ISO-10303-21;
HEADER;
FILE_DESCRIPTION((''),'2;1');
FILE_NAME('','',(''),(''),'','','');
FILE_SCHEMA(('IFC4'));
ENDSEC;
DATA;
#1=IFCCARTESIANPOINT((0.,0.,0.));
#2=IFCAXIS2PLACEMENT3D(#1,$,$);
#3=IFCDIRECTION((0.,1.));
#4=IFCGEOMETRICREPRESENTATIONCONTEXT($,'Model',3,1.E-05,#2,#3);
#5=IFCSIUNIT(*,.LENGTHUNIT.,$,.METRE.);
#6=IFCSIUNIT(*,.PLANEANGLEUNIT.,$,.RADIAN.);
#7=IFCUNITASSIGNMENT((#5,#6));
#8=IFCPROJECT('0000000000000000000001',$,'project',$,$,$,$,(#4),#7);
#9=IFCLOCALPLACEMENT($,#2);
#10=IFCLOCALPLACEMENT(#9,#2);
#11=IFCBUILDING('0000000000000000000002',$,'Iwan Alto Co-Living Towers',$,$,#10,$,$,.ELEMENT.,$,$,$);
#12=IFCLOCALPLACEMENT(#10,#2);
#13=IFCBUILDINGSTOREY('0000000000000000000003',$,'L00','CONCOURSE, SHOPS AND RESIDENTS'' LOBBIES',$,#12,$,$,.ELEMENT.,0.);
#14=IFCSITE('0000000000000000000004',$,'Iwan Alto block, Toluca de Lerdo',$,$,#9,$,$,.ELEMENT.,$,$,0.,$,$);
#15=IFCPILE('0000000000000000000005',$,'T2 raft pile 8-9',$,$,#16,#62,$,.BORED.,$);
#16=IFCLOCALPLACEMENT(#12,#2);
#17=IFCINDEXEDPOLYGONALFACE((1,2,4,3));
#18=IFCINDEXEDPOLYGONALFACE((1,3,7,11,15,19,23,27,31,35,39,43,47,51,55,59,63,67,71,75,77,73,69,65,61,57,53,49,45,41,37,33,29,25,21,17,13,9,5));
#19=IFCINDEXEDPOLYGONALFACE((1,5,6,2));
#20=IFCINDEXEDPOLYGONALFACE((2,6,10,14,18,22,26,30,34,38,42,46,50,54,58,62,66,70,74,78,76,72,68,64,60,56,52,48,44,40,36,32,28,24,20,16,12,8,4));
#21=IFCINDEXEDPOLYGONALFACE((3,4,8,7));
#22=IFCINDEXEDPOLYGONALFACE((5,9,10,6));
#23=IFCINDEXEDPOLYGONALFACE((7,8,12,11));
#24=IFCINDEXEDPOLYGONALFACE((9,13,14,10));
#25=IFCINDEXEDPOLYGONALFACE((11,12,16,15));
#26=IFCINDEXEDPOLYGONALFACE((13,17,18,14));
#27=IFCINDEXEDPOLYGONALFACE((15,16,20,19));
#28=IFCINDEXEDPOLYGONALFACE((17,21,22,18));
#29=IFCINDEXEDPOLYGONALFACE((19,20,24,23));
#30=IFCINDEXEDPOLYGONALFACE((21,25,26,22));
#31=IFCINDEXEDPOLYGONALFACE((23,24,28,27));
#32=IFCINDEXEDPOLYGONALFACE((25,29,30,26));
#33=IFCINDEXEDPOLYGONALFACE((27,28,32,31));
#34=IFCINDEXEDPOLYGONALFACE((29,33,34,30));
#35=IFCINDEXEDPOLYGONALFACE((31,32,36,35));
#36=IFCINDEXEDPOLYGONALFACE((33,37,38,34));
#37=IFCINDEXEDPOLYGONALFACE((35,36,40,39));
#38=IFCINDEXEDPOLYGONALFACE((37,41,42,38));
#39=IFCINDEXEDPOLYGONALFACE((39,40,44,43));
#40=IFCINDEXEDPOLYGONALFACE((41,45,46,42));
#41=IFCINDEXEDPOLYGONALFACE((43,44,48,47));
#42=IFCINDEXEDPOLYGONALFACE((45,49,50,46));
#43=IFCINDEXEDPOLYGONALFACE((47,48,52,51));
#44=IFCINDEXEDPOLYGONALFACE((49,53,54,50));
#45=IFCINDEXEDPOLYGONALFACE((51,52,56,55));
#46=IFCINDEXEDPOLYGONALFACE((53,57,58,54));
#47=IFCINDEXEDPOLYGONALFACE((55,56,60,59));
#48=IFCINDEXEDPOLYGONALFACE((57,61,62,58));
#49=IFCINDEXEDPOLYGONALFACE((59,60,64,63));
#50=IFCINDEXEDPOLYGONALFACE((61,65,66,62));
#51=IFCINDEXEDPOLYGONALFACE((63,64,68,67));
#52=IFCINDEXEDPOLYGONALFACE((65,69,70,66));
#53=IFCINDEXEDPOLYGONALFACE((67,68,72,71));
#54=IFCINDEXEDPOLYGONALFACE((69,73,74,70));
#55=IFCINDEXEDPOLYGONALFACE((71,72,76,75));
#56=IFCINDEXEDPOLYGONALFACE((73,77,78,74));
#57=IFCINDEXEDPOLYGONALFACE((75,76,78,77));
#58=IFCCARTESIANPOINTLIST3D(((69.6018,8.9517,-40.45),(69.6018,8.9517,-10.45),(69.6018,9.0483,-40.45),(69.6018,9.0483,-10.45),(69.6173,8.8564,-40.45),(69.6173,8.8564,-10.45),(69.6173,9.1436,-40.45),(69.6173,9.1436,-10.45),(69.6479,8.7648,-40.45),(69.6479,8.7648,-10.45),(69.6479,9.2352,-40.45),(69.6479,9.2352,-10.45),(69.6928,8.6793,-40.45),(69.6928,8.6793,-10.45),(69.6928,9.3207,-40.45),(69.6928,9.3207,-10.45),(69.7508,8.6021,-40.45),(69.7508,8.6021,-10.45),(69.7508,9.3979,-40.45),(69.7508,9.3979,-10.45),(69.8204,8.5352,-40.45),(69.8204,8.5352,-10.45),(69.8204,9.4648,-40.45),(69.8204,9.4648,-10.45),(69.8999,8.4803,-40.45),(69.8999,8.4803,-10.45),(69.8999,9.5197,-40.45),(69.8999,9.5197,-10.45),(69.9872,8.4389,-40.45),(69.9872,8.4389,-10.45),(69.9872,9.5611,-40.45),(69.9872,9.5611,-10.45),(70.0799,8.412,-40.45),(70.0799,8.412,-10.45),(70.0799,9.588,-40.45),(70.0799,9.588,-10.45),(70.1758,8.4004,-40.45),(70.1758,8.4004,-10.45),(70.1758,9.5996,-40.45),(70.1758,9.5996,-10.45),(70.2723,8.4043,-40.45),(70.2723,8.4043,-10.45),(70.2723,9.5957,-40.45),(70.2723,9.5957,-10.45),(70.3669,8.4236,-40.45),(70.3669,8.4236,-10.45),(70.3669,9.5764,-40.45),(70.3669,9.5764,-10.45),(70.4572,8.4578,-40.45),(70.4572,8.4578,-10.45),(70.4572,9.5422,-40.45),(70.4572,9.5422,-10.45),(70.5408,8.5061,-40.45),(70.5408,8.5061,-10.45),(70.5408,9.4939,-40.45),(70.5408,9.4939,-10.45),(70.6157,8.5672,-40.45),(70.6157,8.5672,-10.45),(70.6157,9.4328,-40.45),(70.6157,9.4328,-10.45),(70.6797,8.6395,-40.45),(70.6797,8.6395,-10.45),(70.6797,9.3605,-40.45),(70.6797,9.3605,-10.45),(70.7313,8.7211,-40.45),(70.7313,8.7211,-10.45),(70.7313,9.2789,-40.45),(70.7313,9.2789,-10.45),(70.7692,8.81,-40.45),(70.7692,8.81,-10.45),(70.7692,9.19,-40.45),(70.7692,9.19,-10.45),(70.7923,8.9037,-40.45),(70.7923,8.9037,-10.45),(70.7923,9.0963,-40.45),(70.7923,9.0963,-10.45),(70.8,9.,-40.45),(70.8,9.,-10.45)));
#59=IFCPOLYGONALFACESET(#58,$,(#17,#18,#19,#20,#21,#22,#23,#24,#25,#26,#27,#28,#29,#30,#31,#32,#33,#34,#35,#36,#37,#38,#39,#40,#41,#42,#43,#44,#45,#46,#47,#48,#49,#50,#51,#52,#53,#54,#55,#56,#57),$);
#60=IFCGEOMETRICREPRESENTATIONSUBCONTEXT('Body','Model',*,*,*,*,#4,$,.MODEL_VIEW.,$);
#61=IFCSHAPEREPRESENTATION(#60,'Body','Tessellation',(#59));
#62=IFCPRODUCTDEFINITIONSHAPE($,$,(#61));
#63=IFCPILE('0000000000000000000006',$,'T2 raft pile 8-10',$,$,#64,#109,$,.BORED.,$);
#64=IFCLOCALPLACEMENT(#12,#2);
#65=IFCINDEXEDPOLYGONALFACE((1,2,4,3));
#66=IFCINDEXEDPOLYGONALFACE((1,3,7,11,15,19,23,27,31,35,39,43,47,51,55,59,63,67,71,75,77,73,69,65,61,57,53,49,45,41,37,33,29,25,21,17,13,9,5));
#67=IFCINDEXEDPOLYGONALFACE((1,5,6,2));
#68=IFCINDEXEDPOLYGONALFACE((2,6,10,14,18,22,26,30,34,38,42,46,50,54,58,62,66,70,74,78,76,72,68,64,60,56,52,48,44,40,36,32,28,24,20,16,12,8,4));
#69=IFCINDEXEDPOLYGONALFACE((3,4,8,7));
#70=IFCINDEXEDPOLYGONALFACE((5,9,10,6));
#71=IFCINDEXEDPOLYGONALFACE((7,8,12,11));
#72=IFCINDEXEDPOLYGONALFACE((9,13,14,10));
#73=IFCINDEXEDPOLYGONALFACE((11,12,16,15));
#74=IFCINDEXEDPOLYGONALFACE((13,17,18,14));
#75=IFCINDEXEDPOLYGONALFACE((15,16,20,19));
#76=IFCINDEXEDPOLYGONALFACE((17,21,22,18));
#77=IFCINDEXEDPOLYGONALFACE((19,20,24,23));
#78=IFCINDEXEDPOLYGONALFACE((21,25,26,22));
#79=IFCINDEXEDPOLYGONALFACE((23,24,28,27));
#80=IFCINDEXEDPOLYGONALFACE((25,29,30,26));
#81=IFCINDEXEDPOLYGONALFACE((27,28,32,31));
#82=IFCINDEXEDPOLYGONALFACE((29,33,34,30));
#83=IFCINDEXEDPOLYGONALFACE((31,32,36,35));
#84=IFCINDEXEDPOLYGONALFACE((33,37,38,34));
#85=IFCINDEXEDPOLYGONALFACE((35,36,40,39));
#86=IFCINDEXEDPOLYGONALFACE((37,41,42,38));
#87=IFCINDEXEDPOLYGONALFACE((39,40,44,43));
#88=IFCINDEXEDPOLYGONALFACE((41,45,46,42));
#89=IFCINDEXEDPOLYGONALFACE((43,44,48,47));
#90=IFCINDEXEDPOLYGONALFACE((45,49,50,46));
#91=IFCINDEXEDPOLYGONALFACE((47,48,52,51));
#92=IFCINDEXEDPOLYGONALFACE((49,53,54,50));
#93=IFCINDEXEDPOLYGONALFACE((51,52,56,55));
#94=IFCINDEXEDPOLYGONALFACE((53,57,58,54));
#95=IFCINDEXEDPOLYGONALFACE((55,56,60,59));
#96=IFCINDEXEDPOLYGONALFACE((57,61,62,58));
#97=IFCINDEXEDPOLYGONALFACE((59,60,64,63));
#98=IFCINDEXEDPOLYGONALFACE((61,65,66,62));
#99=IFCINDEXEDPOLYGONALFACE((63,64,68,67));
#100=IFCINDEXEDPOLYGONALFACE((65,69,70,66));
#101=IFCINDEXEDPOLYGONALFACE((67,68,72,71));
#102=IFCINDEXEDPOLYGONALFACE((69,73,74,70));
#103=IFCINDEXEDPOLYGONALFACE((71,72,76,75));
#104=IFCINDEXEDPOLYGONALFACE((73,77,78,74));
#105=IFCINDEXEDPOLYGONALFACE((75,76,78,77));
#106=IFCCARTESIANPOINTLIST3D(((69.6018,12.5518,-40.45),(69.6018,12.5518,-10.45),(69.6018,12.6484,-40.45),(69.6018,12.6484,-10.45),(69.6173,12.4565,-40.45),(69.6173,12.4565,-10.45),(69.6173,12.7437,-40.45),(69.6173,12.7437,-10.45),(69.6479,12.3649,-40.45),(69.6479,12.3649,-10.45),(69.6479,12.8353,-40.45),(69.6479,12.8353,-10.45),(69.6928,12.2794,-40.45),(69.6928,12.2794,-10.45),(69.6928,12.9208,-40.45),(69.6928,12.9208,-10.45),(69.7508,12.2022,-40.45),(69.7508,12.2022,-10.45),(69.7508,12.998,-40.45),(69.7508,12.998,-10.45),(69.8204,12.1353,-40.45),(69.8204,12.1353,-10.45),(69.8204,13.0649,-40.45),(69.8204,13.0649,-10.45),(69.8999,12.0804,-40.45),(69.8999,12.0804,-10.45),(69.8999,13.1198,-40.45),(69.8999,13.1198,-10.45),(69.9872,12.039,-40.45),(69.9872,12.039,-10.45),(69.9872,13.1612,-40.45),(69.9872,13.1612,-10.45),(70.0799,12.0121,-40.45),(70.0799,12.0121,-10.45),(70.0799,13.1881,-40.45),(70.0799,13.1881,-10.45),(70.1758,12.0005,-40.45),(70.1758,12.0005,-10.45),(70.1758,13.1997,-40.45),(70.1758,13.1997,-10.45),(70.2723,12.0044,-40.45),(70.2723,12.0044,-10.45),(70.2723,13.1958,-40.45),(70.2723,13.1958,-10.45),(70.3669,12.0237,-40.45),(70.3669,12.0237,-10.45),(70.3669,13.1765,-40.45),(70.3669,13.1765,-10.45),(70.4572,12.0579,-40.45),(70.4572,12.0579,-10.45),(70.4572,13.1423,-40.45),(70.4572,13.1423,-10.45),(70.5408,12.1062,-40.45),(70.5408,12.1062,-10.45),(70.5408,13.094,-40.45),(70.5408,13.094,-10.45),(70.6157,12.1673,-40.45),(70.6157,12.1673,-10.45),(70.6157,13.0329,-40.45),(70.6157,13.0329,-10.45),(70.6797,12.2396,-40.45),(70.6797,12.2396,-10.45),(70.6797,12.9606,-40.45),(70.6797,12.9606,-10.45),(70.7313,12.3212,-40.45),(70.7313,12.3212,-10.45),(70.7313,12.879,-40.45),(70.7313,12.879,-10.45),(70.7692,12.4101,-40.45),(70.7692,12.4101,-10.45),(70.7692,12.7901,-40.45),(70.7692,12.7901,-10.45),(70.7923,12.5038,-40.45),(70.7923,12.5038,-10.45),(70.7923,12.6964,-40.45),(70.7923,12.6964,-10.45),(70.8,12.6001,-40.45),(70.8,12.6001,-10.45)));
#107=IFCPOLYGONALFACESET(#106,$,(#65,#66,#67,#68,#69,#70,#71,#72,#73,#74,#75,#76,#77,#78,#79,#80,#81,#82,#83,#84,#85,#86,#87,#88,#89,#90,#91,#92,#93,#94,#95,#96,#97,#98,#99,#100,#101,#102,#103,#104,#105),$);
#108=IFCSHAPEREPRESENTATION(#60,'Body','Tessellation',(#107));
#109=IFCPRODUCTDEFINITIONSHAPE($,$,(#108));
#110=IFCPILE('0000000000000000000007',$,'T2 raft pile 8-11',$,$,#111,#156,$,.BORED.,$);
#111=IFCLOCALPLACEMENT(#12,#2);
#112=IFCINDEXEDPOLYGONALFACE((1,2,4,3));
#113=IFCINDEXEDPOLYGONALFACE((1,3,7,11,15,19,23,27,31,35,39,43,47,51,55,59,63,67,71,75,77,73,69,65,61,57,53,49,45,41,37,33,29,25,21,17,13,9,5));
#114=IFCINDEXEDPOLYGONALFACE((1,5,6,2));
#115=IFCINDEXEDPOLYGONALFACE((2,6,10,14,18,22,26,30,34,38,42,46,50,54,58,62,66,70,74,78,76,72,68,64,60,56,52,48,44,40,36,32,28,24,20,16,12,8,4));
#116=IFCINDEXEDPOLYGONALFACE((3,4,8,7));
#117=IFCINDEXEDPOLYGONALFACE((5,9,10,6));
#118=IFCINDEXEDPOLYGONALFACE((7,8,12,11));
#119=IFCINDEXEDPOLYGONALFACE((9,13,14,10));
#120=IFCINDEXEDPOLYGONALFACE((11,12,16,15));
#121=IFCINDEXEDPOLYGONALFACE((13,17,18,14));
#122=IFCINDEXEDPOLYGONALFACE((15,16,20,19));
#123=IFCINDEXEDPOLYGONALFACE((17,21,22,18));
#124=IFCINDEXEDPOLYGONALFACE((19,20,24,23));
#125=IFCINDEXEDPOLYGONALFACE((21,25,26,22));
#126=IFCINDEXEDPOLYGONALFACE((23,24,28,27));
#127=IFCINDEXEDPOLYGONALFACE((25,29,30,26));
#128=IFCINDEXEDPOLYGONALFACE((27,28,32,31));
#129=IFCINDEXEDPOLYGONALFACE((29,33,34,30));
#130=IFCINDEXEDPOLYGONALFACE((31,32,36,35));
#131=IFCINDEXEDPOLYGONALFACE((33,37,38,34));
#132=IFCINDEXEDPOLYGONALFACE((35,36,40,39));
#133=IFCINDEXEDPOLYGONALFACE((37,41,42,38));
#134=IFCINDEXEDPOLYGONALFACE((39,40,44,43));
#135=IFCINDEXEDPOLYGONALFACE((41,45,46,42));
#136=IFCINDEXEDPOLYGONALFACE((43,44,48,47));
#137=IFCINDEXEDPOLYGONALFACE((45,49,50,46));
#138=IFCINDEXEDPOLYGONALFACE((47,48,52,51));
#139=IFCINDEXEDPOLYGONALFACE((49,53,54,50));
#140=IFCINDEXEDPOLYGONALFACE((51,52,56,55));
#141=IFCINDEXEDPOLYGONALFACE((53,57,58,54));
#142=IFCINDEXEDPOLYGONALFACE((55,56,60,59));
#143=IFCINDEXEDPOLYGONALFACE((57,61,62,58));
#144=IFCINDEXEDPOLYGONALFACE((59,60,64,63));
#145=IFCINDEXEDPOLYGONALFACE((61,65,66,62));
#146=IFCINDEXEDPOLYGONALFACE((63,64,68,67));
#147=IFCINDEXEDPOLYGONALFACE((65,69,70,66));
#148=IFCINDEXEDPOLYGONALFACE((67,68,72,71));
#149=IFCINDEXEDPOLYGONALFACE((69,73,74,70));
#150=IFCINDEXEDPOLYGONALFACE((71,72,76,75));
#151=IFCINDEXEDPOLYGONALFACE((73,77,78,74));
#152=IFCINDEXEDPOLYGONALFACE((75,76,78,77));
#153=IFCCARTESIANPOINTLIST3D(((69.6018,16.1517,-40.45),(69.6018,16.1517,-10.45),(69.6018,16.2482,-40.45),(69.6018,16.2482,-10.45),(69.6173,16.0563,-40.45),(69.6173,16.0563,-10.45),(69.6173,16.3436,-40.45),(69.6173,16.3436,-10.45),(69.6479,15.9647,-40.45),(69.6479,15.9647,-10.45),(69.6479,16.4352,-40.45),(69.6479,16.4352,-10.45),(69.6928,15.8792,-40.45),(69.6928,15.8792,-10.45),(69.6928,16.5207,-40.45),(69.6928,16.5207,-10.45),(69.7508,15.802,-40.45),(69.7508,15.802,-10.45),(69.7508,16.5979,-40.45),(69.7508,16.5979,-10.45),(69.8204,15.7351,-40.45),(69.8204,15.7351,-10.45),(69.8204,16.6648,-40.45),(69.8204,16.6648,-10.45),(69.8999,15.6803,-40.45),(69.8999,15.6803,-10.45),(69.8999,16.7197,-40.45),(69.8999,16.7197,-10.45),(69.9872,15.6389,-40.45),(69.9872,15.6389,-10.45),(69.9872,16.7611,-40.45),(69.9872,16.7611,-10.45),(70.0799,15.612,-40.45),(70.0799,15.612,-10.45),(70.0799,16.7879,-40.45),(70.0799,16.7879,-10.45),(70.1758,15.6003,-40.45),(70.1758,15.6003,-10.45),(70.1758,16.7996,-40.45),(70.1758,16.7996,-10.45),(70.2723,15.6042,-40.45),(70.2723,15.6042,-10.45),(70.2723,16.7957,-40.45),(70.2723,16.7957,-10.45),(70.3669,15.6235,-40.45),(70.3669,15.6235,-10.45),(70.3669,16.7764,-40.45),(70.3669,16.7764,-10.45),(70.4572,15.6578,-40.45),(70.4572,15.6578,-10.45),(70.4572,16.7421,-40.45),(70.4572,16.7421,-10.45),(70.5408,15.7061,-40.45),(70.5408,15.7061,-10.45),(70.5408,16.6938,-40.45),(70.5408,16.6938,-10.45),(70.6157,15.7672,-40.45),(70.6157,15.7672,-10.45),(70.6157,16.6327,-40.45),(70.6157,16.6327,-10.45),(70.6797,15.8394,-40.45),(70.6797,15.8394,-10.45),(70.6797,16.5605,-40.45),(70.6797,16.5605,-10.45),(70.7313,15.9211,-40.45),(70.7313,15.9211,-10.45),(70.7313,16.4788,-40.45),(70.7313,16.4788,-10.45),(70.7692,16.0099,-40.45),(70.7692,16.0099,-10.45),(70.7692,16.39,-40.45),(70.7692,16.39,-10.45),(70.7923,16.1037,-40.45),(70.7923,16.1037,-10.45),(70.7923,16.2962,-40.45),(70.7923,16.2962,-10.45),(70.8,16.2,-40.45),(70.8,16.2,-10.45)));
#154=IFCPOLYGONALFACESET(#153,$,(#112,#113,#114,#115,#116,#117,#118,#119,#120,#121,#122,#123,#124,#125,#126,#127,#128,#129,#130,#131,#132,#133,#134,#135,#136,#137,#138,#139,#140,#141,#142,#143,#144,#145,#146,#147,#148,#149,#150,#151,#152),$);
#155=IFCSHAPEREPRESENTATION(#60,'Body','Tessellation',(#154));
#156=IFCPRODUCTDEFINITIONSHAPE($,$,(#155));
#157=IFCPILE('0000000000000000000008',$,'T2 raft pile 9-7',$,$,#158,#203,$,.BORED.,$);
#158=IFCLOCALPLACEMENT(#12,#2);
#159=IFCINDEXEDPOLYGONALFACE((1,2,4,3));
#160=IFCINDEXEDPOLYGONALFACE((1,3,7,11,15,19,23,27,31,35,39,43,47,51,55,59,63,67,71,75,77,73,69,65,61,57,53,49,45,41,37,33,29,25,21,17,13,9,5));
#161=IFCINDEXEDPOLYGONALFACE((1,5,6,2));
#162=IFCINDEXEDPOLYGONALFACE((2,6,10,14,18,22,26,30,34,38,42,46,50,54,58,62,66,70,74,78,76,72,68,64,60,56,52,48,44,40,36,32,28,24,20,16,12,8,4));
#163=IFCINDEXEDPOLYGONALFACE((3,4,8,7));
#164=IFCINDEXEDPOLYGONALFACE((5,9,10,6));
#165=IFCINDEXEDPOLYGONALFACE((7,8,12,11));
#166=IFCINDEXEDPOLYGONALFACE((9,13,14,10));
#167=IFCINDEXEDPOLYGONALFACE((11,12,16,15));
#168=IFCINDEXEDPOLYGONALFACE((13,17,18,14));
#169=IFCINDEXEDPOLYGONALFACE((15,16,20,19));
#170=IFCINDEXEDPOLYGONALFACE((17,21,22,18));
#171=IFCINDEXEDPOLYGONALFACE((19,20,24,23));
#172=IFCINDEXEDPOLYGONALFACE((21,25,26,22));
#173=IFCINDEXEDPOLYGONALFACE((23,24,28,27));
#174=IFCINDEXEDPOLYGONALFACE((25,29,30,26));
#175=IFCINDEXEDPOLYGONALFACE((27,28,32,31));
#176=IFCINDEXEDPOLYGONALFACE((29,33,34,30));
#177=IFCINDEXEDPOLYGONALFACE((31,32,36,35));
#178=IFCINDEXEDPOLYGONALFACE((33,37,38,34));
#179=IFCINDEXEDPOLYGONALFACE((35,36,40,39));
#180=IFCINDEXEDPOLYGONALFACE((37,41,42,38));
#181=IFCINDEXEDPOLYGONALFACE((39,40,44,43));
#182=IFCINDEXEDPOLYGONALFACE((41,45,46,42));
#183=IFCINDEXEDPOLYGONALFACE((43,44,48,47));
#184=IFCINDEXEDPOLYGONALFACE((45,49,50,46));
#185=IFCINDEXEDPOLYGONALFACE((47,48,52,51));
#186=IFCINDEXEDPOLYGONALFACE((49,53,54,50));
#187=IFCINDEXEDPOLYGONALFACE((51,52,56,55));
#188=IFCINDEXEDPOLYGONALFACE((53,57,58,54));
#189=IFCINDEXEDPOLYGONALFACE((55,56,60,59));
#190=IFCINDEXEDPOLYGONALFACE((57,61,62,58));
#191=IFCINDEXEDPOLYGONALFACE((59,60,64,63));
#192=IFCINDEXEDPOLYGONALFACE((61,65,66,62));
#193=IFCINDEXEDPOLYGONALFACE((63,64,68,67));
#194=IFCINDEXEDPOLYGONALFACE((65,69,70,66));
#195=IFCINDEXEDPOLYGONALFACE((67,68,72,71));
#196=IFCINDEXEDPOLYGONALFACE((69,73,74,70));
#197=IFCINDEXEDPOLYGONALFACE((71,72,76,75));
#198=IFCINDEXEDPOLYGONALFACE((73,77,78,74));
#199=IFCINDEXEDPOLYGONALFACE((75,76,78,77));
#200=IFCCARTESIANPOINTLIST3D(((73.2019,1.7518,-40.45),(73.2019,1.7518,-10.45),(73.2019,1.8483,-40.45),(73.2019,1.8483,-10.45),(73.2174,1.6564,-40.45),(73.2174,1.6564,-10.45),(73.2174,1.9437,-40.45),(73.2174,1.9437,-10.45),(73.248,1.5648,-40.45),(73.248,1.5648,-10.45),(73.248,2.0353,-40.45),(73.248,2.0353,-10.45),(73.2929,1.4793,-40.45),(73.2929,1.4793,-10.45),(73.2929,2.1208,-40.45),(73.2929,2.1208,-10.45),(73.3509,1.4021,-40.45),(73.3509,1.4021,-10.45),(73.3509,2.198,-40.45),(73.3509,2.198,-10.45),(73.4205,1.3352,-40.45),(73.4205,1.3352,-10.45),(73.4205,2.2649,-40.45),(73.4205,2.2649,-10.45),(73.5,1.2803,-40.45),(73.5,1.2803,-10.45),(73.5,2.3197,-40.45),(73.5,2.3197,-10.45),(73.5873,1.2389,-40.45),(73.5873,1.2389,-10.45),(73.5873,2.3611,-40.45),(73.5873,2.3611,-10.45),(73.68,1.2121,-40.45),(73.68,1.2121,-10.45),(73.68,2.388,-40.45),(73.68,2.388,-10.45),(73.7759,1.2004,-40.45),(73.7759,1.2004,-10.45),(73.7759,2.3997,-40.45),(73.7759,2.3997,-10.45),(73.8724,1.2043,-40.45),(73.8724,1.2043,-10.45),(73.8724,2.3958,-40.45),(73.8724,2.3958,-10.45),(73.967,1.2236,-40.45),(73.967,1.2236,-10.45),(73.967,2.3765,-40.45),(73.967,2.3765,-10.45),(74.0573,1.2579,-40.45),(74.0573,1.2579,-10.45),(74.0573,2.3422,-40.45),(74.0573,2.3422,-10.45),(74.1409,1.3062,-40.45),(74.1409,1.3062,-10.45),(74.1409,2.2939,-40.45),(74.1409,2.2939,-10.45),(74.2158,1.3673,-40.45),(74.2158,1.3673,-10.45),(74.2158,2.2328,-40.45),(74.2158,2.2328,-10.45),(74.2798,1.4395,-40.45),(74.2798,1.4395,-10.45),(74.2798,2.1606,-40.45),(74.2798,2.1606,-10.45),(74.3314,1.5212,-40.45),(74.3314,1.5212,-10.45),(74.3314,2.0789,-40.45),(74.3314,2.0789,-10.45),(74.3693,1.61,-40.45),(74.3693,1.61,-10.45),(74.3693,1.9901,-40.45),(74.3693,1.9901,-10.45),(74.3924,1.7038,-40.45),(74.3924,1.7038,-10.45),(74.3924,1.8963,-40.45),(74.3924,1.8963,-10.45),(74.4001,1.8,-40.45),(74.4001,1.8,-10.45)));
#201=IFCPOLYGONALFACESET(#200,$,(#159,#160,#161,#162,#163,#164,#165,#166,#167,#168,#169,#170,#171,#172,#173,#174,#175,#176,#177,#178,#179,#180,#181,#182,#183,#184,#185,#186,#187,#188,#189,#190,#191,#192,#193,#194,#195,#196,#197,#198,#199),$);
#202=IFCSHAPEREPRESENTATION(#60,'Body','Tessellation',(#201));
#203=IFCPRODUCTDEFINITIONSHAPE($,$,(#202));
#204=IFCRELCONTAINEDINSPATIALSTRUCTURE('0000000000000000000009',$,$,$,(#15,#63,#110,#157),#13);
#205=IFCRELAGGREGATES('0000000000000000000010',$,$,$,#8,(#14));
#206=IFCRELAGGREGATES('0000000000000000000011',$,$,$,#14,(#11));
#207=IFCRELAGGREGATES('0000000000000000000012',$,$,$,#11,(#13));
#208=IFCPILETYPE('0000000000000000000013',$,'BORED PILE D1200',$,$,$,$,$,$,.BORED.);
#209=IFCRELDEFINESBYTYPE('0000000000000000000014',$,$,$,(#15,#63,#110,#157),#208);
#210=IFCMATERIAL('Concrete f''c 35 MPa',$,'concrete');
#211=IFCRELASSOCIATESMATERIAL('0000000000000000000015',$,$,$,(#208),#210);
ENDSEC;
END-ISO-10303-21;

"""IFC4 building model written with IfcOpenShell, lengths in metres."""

from ifc_helpers import new_model, si_unit, direction, frame, origin, origin_2d, place, context, subcontext, project, spatial, circle, extrude, material, material_profile, profile_set, type_object, element, save


model = new_model("IFC4")

# Units and contexts
model_context = context("Model", 3, precision=1e-05, world=origin(), true_north=direction((0.0, 1.0)))
body_context = subcontext(model_context, "Body", "Model", "MODEL_VIEW")
ifc_project = project(units=[si_unit("LENGTHUNIT", "METRE"), si_unit("PLANEANGLEUNIT", "RADIAN")], contexts=[model_context])

# Site, building, storey
site_placement = place(None, origin())
site = spatial("IfcSite", under=ifc_project, at=site_placement, Name="Iwan Alto block, Toluca de Lerdo", CompositionType="ELEMENT", RefElevation=0.0)
building_placement = place(site_placement, origin())
building = spatial("IfcBuilding", under=site, at=building_placement, Name="Iwan Alto Co-Living Towers", CompositionType="ELEMENT")
storey_placement = place(building_placement, origin())
storey = spatial("IfcBuildingStorey", under=building, at=storey_placement, Name="L00", Description="CONCOURSE, SHOPS AND RESIDENTS' LOBBIES", CompositionType="ELEMENT", Elevation=0.0)

# Piles
ifc_material_1 = material(Name="Concrete f'c 35 MPa", Category="concrete")
ifc_material_profile = material_profile(ifc_material_1, circle(Radius=0.6001, at=origin_2d()), Name="D1200")
ifc_profile_set = profile_set([ifc_material_profile], Name="Concrete f'c 35 MPa")
pile_type = type_object("IfcPileType", Name="BORED PILE D1200", PredefinedType="BORED", material=ifc_profile_set)
for number, where, z_axis, x_axis, name in (
    (1, (70.2, 9.0, -10.45), (0.0, 0.0, -1.0), (1.0, 0.0, 0.0), "T2 raft pile 8-9"),
    (2, (70.2, 12.6001, -10.45), (0.0, 0.0, -1.0), (1.0, 0.0, 0.0), "T2 raft pile 8-10"),
    (3, (70.2, 16.2, -10.45), (0.0, 0.0, -1.0), (1.0, 0.0, 0.0), "T2 raft pile 8-11"),
    (4, (73.8, 1.8, -10.45), (0.0, 0.0, -1.0), (1.0, 0.0, 0.0), "T2 raft pile 9-7"),
):
    element("IfcPile", number, at=place(storey_placement, frame(where, z_axis=z_axis, x_axis=x_axis)), inside=storey, type_object=pile_type, Name=name, PredefinedType="BORED", context=body_context, shape_type="SweptSolid", body=[
        extrude(circle(Radius=0.6001, at=origin_2d()), origin(), (0.0, 0.0, 1.0), 30.0),
    ])

save(model, "model.ifc")
